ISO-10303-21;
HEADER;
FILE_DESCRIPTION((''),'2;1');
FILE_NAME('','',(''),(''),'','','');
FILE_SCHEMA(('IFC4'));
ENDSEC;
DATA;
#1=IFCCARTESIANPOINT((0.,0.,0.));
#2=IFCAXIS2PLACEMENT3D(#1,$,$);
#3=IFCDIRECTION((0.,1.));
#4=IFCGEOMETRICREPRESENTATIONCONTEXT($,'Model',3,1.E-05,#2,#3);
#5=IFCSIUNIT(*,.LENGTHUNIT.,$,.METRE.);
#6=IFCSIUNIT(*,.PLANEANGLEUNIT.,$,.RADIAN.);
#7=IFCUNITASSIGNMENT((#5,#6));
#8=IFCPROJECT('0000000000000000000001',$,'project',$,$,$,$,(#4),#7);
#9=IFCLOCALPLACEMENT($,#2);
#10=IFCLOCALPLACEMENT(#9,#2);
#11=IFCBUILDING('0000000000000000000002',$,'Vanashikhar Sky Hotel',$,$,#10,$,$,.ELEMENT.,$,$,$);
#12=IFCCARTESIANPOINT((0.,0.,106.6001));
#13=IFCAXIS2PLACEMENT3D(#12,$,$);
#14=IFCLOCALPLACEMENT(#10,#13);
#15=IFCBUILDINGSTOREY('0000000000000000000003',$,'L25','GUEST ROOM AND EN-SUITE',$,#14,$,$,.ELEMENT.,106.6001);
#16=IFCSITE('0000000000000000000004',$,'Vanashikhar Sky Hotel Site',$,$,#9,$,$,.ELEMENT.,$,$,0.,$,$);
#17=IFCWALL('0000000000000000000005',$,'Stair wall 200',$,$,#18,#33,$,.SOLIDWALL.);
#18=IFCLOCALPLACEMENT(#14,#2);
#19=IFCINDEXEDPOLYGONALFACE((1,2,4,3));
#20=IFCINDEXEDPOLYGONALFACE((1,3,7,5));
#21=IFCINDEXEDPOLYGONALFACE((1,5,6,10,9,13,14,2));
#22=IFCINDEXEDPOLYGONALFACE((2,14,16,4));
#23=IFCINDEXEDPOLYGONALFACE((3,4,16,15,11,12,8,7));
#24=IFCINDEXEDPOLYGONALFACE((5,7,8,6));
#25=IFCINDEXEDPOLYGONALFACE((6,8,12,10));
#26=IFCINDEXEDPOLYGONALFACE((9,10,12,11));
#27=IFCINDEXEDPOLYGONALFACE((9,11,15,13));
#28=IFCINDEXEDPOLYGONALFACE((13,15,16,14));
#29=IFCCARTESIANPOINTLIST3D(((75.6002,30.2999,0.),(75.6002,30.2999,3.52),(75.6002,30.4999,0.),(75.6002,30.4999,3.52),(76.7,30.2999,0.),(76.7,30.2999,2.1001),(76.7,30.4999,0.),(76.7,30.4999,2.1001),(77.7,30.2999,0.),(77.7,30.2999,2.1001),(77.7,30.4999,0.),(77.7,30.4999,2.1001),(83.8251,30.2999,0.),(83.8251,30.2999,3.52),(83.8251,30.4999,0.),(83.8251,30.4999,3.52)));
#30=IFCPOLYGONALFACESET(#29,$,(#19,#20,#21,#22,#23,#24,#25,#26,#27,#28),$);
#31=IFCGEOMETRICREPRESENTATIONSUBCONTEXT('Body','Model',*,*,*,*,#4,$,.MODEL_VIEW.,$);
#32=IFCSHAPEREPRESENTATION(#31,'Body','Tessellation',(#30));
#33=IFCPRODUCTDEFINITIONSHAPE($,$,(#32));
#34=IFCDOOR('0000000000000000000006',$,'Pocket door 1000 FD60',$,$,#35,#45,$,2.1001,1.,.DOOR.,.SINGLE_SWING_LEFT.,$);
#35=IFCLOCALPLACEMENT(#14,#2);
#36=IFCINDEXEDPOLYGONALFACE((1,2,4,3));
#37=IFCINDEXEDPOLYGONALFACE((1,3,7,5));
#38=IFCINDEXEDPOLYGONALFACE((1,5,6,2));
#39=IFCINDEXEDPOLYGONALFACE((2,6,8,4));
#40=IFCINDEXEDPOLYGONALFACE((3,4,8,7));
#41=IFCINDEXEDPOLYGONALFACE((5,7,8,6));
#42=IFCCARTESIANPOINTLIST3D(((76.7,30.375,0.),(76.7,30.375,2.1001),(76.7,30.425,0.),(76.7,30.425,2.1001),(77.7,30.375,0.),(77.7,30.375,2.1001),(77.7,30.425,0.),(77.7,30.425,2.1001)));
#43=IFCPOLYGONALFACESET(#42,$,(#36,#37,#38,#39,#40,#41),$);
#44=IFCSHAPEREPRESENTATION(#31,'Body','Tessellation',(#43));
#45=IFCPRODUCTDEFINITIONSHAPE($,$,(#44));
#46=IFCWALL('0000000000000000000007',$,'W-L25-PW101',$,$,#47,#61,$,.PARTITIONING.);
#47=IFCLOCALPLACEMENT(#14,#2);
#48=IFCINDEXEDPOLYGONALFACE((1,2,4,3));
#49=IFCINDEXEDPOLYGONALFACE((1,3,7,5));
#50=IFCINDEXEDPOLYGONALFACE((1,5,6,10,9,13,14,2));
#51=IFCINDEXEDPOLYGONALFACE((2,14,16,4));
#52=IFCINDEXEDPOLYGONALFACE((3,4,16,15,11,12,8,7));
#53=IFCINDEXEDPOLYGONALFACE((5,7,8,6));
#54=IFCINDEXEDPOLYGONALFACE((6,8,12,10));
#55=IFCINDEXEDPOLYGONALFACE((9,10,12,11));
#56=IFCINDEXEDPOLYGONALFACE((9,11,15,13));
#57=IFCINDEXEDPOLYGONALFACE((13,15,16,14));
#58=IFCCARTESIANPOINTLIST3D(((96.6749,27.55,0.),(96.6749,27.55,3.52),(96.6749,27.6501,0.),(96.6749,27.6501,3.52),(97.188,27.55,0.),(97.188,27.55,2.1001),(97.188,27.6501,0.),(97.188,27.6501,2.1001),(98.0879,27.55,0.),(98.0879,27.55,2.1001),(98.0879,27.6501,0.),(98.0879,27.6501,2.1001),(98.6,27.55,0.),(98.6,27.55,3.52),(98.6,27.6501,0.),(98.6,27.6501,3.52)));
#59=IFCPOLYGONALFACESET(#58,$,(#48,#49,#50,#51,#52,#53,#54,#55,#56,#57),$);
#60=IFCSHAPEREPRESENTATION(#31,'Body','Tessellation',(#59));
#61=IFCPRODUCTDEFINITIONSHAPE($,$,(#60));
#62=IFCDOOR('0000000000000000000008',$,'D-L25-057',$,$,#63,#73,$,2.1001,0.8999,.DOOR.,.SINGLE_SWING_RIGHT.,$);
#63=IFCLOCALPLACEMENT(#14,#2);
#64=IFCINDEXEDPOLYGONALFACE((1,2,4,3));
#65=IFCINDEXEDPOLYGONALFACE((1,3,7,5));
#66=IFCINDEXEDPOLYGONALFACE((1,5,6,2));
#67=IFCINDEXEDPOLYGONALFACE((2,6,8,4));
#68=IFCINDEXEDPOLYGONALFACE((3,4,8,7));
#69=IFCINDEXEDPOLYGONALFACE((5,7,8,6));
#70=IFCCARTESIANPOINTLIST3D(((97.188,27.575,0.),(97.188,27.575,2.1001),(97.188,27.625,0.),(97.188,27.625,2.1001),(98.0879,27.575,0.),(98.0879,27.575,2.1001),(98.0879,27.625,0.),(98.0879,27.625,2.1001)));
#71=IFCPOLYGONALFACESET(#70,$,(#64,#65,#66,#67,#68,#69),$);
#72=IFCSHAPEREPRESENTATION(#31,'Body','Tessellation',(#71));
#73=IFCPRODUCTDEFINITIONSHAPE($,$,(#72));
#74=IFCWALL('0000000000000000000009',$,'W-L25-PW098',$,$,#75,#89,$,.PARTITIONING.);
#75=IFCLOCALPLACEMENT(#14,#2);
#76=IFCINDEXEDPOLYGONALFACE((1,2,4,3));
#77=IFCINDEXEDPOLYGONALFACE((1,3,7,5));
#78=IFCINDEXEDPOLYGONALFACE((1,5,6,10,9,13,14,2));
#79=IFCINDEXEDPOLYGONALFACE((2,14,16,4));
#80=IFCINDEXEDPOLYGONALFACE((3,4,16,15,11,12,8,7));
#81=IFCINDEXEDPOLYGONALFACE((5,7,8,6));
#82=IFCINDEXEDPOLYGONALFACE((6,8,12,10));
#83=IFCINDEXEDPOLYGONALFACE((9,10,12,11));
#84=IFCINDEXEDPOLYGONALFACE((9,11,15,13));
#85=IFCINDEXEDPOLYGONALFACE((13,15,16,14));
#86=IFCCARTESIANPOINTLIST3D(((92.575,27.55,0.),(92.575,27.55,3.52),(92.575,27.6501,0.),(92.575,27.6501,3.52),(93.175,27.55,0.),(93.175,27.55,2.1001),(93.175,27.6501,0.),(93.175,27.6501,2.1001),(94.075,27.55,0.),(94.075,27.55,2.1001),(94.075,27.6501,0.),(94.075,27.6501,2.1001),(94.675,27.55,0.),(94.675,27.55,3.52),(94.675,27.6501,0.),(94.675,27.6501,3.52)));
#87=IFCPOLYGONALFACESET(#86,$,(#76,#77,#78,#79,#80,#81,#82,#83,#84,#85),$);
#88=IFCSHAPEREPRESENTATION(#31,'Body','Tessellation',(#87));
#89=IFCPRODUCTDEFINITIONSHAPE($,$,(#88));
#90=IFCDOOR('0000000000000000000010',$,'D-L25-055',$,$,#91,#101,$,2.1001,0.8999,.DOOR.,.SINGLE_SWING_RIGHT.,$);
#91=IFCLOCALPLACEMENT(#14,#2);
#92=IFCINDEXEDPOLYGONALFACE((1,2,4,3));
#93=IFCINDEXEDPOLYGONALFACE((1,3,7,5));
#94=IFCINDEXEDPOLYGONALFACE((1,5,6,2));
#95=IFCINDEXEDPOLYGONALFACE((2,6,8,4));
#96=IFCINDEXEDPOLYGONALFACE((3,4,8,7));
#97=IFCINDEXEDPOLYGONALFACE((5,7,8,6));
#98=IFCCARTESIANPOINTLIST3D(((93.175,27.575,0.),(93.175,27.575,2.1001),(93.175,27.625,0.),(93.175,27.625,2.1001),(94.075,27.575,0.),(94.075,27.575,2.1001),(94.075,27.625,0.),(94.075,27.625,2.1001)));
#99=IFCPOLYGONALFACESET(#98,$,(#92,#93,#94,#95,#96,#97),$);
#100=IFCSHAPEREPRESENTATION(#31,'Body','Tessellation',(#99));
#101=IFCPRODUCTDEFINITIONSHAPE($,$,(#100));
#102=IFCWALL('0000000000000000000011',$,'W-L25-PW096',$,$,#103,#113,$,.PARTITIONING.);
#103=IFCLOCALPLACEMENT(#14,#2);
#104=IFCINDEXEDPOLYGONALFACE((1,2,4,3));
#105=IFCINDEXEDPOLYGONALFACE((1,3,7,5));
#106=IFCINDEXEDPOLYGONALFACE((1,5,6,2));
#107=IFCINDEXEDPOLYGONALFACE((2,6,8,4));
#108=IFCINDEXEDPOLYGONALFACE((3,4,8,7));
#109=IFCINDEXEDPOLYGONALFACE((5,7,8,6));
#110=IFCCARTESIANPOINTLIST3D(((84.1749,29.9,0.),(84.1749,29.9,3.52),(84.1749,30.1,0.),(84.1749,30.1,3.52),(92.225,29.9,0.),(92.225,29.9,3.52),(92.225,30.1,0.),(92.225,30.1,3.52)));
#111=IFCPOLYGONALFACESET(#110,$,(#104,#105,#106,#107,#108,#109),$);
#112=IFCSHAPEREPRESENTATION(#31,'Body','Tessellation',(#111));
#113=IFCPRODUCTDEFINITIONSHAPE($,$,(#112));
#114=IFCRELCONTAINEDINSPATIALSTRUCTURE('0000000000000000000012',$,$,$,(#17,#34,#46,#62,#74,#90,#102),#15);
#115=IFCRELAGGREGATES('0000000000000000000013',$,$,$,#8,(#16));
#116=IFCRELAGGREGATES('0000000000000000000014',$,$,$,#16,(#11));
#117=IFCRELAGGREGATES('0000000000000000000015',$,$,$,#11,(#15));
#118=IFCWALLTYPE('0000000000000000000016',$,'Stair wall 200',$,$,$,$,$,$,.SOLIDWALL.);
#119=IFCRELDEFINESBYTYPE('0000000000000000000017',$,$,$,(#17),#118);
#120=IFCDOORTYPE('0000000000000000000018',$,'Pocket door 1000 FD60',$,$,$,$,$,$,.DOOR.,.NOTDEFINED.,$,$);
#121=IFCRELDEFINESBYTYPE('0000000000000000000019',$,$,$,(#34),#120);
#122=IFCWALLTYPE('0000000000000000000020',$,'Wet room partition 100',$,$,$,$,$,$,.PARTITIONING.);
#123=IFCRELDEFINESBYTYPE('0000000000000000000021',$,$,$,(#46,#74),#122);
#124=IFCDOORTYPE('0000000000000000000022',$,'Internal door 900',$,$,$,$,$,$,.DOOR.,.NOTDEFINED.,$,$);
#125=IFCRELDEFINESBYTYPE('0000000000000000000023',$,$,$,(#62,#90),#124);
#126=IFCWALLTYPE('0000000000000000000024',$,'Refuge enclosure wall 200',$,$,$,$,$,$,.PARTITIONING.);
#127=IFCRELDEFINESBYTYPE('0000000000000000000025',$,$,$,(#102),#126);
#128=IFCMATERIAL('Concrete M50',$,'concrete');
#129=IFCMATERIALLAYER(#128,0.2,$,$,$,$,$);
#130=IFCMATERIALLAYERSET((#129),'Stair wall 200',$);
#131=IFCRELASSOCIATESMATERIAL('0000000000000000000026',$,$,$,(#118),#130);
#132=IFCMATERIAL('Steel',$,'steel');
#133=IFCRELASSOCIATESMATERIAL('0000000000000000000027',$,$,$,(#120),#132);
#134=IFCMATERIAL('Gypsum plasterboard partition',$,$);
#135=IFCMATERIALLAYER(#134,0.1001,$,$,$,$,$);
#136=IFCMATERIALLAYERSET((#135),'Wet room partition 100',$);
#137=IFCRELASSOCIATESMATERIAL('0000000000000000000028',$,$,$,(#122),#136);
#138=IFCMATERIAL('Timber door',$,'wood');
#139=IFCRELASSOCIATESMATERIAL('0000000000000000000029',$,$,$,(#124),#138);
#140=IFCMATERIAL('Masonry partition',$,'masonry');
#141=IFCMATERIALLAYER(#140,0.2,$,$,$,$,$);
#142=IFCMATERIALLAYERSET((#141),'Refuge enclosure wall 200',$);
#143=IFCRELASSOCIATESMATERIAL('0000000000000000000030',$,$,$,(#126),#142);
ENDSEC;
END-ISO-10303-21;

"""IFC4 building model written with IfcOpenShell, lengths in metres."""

from ifc_helpers import new_model, si_unit, direction, frame, frame_2d, origin, place, context, subcontext, project, spatial, rectangle, extrude, source, transform, mapped, material, layer, layer_set, type_object, element, fill, save


model = new_model("IFC4")

# Units and contexts
model_context = context("Model", 3, precision=1e-05, world=origin(), true_north=direction((0.0, 1.0)))
body_context = subcontext(model_context, "Body", "Model", "MODEL_VIEW")
ifc_project = project(units=[si_unit("LENGTHUNIT", "METRE"), si_unit("PLANEANGLEUNIT", "RADIAN")], contexts=[model_context])

# Site, building, storey
site_placement = place(None, origin())
site = spatial("IfcSite", under=ifc_project, at=site_placement, Name="Vanashikhar Sky Hotel Site", CompositionType="ELEMENT", RefElevation=0.0)
building_placement = place(site_placement, origin())
building = spatial("IfcBuilding", under=site, at=building_placement, Name="Vanashikhar Sky Hotel", CompositionType="ELEMENT")
storey_placement = place(building_placement, frame((0.0, 0.0, 106.6001)))
storey = spatial("IfcBuildingStorey", under=building, at=storey_placement, Name="L25", Description="GUEST ROOM AND EN-SUITE", CompositionType="ELEMENT", Elevation=106.6001)

# Shared definitions
ifc_material_1 = material(Name="Concrete M50", Category="concrete")

# Walls, openings, doors
ifc_layer_1 = layer(ifc_material_1, 0.2)
ifc_layer_set_1 = layer_set([ifc_layer_1], Name="Stair wall 200")
wall_type_1 = type_object("IfcWallType", Name="Stair wall 200", PredefinedType="SOLIDWALL", material=ifc_layer_set_1)
shared_shape_1 = source(origin(), body_context, "Body", "SweptSolid", [
    extrude(rectangle(XDim=8.2249, YDim=0.2, at=frame_2d((4.1123, 0.0))), origin(), (0.0, 0.0, 1.0), 3.52),
])
wall_1_placement = place(storey_placement, frame((83.825, 30.3999, 0.0), z_axis=(0.0, 0.0, 1.0), x_axis=(-1.0, 0.0, 0.0)))
wall_1 = element("IfcWall", 1, at=wall_1_placement, inside=storey, type_object=wall_type_1, Name="Stair wall 200", PredefinedType="SOLIDWALL", context=body_context, shape_type="MappedRepresentation", body=[
    mapped(shared_shape_1, transform((0.0, 0.0, 0.0), scale=1.0)),
])
shared_shape_2 = source(origin(), body_context, "Body", "SweptSolid", [
    extrude(rectangle(XDim=1.0, YDim=2.1001, at=frame_2d((0.5, 1.05))), frame((0.0, 0.1099, 0.0), z_axis=(0.0, -1.0, 0.0), x_axis=(1.0, 0.0, 0.0)), (0.0, 0.0, 1.0), 0.22),
])
opening_1_placement = place(wall_1_placement, frame((6.125, 0.0, 0.0)))
opening_1 = element("IfcOpeningElement", 2, at=opening_1_placement, cuts=wall_1, PredefinedType="OPENING", context=body_context, shape_type="MappedRepresentation", body=[
    mapped(shared_shape_2, transform((0.0, 0.0, 0.0), scale=1.0)),
])
ifc_material_2 = material(Name="Steel", Category="steel")
door_type_1 = type_object("IfcDoorType", Name="Pocket door 1000 FD60", OperationType="NOTDEFINED", PredefinedType="DOOR", material=ifc_material_2)
shared_shape_3 = source(origin(), body_context, "Body", "SweptSolid", [
    extrude(rectangle(XDim=1.0, YDim=2.1001, at=frame_2d((0.5, 1.05))), frame((0.0, 0.0249, 0.0), z_axis=(0.0, -1.0, 0.0), x_axis=(1.0, 0.0, 0.0)), (0.0, 0.0, 1.0), 0.05),
])
door_1_placement = place(opening_1_placement, origin())
door_1 = element("IfcDoor", 3, at=door_1_placement, inside=storey, type_object=door_type_1, Name="Pocket door 1000 FD60", OperationType="SINGLE_SWING_LEFT", OverallHeight=2.1001, OverallWidth=1.0, PredefinedType="DOOR", context=body_context, shape_type="MappedRepresentation", body=[
    mapped(shared_shape_3, transform((0.0, 0.0, 0.0), scale=1.0)),
])
fill(opening_1, door_1)
ifc_material_3 = material(Name="Gypsum plasterboard partition")
ifc_layer_2 = layer(ifc_material_3, 0.1001)
ifc_layer_set_2 = layer_set([ifc_layer_2], Name="Wet room partition 100")
wall_type_2 = type_object("IfcWallType", Name="Wet room partition 100", PredefinedType="PARTITIONING", material=ifc_layer_set_2)
shared_shape_4 = source(origin(), body_context, "Body", "SweptSolid", [
    extrude(rectangle(XDim=1.925, YDim=0.1001, at=frame_2d((0.9624, 0.0))), origin(), (0.0, 0.0, 1.0), 3.52),
])
wall_2_placement = place(storey_placement, frame((96.675, 27.6001, 0.0), z_axis=(0.0, 0.0, 1.0), x_axis=(1.0, 0.0, 0.0)))
wall_2 = element("IfcWall", 4, at=wall_2_placement, inside=storey, type_object=wall_type_2, Name="W-L25-PW101", PredefinedType="PARTITIONING", context=body_context, shape_type="MappedRepresentation", body=[
    mapped(shared_shape_4, transform((0.0, 0.0, 0.0), scale=1.0)),
])
shared_shape_5 = source(origin(), body_context, "Body", "SweptSolid", [
    extrude(rectangle(XDim=0.8999, YDim=2.1001, at=frame_2d((0.45, 1.05))), frame((0.0, 0.0601, 0.0), z_axis=(0.0, -1.0, 0.0), x_axis=(1.0, 0.0, 0.0)), (0.0, 0.0, 1.0), 0.1201),
])
opening_2_placement = place(wall_2_placement, frame((0.5129, 0.0, 0.0)))
opening_2 = element("IfcOpeningElement", 5, at=opening_2_placement, cuts=wall_2, PredefinedType="OPENING", context=body_context, shape_type="MappedRepresentation", body=[
    mapped(shared_shape_5, transform((0.0, 0.0, 0.0), scale=1.0)),
])
ifc_material_4 = material(Name="Timber door", Category="wood")
door_type_2 = type_object("IfcDoorType", Name="Internal door 900", OperationType="NOTDEFINED", PredefinedType="DOOR", material=ifc_material_4)
shared_shape_6 = source(origin(), body_context, "Body", "SweptSolid", [
    extrude(rectangle(XDim=0.8999, YDim=2.1001, at=frame_2d((0.45, 1.05))), frame((0.0, 0.0249, 0.0), z_axis=(0.0, -1.0, 0.0), x_axis=(1.0, 0.0, 0.0)), (0.0, 0.0, 1.0), 0.05),
])
door_2_placement = place(opening_2_placement, origin())
door_2 = element("IfcDoor", 6, at=door_2_placement, inside=storey, type_object=door_type_2, Name="D-L25-057", OperationType="SINGLE_SWING_RIGHT", OverallHeight=2.1001, OverallWidth=0.8999, PredefinedType="DOOR", context=body_context, shape_type="MappedRepresentation", body=[
    mapped(shared_shape_6, transform((0.0, 0.0, 0.0), scale=1.0)),
])
fill(opening_2, door_2)
shared_shape_7 = source(origin(), body_context, "Body", "SweptSolid", [
    extrude(rectangle(XDim=2.1001, YDim=0.1001, at=frame_2d((1.05, 0.0))), origin(), (0.0, 0.0, 1.0), 3.52),
])
wall_3_placement = place(storey_placement, frame((92.575, 27.6001, 0.0), z_axis=(0.0, 0.0, 1.0), x_axis=(1.0, 0.0, 0.0)))
wall_3 = element("IfcWall", 7, at=wall_3_placement, inside=storey, type_object=wall_type_2, Name="W-L25-PW098", PredefinedType="PARTITIONING", context=body_context, shape_type="MappedRepresentation", body=[
    mapped(shared_shape_7, transform((0.0, 0.0, 0.0), scale=1.0)),
])
opening_3_placement = place(wall_3_placement, frame((0.6001, 0.0, 0.0)))
opening_3 = element("IfcOpeningElement", 8, at=opening_3_placement, cuts=wall_3, PredefinedType="OPENING", context=body_context, shape_type="MappedRepresentation", body=[
    mapped(shared_shape_5, transform((0.0, 0.0, 0.0), scale=1.0)),
])
door_3_placement = place(opening_3_placement, origin())
door_3 = element("IfcDoor", 9, at=door_3_placement, inside=storey, type_object=door_type_2, Name="D-L25-055", OperationType="SINGLE_SWING_RIGHT", OverallHeight=2.1001, OverallWidth=0.8999, PredefinedType="DOOR", context=body_context, shape_type="MappedRepresentation", body=[
    mapped(shared_shape_6, transform((0.0, 0.0, 0.0), scale=1.0)),
])
fill(opening_3, door_3)

# Wall
ifc_material_5 = material(Name="Masonry partition", Category="masonry")
ifc_layer_3 = layer(ifc_material_5, 0.2)
ifc_layer_set_3 = layer_set([ifc_layer_3], Name="Refuge enclosure wall 200")
wall_type_3 = type_object("IfcWallType", Name="Refuge enclosure wall 200", PredefinedType="PARTITIONING", material=ifc_layer_set_3)
shared_shape_8 = source(origin(), body_context, "Body", "SweptSolid", [
    extrude(rectangle(XDim=8.05, YDim=0.2, at=frame_2d((4.0249, 0.0))), origin(), (0.0, 0.0, 1.0), 3.52),
])
wall_4_placement = place(storey_placement, frame((84.175, 30.0, 0.0), z_axis=(0.0, 0.0, 1.0), x_axis=(1.0, 0.0, 0.0)))
element("IfcWall", 10, at=wall_4_placement, inside=storey, type_object=wall_type_3, Name="W-L25-PW096", PredefinedType="PARTITIONING", context=body_context, shape_type="MappedRepresentation", body=[
    mapped(shared_shape_8, transform((0.0, 0.0, 0.0), scale=1.0)),
])

save(model, "model.ifc")
